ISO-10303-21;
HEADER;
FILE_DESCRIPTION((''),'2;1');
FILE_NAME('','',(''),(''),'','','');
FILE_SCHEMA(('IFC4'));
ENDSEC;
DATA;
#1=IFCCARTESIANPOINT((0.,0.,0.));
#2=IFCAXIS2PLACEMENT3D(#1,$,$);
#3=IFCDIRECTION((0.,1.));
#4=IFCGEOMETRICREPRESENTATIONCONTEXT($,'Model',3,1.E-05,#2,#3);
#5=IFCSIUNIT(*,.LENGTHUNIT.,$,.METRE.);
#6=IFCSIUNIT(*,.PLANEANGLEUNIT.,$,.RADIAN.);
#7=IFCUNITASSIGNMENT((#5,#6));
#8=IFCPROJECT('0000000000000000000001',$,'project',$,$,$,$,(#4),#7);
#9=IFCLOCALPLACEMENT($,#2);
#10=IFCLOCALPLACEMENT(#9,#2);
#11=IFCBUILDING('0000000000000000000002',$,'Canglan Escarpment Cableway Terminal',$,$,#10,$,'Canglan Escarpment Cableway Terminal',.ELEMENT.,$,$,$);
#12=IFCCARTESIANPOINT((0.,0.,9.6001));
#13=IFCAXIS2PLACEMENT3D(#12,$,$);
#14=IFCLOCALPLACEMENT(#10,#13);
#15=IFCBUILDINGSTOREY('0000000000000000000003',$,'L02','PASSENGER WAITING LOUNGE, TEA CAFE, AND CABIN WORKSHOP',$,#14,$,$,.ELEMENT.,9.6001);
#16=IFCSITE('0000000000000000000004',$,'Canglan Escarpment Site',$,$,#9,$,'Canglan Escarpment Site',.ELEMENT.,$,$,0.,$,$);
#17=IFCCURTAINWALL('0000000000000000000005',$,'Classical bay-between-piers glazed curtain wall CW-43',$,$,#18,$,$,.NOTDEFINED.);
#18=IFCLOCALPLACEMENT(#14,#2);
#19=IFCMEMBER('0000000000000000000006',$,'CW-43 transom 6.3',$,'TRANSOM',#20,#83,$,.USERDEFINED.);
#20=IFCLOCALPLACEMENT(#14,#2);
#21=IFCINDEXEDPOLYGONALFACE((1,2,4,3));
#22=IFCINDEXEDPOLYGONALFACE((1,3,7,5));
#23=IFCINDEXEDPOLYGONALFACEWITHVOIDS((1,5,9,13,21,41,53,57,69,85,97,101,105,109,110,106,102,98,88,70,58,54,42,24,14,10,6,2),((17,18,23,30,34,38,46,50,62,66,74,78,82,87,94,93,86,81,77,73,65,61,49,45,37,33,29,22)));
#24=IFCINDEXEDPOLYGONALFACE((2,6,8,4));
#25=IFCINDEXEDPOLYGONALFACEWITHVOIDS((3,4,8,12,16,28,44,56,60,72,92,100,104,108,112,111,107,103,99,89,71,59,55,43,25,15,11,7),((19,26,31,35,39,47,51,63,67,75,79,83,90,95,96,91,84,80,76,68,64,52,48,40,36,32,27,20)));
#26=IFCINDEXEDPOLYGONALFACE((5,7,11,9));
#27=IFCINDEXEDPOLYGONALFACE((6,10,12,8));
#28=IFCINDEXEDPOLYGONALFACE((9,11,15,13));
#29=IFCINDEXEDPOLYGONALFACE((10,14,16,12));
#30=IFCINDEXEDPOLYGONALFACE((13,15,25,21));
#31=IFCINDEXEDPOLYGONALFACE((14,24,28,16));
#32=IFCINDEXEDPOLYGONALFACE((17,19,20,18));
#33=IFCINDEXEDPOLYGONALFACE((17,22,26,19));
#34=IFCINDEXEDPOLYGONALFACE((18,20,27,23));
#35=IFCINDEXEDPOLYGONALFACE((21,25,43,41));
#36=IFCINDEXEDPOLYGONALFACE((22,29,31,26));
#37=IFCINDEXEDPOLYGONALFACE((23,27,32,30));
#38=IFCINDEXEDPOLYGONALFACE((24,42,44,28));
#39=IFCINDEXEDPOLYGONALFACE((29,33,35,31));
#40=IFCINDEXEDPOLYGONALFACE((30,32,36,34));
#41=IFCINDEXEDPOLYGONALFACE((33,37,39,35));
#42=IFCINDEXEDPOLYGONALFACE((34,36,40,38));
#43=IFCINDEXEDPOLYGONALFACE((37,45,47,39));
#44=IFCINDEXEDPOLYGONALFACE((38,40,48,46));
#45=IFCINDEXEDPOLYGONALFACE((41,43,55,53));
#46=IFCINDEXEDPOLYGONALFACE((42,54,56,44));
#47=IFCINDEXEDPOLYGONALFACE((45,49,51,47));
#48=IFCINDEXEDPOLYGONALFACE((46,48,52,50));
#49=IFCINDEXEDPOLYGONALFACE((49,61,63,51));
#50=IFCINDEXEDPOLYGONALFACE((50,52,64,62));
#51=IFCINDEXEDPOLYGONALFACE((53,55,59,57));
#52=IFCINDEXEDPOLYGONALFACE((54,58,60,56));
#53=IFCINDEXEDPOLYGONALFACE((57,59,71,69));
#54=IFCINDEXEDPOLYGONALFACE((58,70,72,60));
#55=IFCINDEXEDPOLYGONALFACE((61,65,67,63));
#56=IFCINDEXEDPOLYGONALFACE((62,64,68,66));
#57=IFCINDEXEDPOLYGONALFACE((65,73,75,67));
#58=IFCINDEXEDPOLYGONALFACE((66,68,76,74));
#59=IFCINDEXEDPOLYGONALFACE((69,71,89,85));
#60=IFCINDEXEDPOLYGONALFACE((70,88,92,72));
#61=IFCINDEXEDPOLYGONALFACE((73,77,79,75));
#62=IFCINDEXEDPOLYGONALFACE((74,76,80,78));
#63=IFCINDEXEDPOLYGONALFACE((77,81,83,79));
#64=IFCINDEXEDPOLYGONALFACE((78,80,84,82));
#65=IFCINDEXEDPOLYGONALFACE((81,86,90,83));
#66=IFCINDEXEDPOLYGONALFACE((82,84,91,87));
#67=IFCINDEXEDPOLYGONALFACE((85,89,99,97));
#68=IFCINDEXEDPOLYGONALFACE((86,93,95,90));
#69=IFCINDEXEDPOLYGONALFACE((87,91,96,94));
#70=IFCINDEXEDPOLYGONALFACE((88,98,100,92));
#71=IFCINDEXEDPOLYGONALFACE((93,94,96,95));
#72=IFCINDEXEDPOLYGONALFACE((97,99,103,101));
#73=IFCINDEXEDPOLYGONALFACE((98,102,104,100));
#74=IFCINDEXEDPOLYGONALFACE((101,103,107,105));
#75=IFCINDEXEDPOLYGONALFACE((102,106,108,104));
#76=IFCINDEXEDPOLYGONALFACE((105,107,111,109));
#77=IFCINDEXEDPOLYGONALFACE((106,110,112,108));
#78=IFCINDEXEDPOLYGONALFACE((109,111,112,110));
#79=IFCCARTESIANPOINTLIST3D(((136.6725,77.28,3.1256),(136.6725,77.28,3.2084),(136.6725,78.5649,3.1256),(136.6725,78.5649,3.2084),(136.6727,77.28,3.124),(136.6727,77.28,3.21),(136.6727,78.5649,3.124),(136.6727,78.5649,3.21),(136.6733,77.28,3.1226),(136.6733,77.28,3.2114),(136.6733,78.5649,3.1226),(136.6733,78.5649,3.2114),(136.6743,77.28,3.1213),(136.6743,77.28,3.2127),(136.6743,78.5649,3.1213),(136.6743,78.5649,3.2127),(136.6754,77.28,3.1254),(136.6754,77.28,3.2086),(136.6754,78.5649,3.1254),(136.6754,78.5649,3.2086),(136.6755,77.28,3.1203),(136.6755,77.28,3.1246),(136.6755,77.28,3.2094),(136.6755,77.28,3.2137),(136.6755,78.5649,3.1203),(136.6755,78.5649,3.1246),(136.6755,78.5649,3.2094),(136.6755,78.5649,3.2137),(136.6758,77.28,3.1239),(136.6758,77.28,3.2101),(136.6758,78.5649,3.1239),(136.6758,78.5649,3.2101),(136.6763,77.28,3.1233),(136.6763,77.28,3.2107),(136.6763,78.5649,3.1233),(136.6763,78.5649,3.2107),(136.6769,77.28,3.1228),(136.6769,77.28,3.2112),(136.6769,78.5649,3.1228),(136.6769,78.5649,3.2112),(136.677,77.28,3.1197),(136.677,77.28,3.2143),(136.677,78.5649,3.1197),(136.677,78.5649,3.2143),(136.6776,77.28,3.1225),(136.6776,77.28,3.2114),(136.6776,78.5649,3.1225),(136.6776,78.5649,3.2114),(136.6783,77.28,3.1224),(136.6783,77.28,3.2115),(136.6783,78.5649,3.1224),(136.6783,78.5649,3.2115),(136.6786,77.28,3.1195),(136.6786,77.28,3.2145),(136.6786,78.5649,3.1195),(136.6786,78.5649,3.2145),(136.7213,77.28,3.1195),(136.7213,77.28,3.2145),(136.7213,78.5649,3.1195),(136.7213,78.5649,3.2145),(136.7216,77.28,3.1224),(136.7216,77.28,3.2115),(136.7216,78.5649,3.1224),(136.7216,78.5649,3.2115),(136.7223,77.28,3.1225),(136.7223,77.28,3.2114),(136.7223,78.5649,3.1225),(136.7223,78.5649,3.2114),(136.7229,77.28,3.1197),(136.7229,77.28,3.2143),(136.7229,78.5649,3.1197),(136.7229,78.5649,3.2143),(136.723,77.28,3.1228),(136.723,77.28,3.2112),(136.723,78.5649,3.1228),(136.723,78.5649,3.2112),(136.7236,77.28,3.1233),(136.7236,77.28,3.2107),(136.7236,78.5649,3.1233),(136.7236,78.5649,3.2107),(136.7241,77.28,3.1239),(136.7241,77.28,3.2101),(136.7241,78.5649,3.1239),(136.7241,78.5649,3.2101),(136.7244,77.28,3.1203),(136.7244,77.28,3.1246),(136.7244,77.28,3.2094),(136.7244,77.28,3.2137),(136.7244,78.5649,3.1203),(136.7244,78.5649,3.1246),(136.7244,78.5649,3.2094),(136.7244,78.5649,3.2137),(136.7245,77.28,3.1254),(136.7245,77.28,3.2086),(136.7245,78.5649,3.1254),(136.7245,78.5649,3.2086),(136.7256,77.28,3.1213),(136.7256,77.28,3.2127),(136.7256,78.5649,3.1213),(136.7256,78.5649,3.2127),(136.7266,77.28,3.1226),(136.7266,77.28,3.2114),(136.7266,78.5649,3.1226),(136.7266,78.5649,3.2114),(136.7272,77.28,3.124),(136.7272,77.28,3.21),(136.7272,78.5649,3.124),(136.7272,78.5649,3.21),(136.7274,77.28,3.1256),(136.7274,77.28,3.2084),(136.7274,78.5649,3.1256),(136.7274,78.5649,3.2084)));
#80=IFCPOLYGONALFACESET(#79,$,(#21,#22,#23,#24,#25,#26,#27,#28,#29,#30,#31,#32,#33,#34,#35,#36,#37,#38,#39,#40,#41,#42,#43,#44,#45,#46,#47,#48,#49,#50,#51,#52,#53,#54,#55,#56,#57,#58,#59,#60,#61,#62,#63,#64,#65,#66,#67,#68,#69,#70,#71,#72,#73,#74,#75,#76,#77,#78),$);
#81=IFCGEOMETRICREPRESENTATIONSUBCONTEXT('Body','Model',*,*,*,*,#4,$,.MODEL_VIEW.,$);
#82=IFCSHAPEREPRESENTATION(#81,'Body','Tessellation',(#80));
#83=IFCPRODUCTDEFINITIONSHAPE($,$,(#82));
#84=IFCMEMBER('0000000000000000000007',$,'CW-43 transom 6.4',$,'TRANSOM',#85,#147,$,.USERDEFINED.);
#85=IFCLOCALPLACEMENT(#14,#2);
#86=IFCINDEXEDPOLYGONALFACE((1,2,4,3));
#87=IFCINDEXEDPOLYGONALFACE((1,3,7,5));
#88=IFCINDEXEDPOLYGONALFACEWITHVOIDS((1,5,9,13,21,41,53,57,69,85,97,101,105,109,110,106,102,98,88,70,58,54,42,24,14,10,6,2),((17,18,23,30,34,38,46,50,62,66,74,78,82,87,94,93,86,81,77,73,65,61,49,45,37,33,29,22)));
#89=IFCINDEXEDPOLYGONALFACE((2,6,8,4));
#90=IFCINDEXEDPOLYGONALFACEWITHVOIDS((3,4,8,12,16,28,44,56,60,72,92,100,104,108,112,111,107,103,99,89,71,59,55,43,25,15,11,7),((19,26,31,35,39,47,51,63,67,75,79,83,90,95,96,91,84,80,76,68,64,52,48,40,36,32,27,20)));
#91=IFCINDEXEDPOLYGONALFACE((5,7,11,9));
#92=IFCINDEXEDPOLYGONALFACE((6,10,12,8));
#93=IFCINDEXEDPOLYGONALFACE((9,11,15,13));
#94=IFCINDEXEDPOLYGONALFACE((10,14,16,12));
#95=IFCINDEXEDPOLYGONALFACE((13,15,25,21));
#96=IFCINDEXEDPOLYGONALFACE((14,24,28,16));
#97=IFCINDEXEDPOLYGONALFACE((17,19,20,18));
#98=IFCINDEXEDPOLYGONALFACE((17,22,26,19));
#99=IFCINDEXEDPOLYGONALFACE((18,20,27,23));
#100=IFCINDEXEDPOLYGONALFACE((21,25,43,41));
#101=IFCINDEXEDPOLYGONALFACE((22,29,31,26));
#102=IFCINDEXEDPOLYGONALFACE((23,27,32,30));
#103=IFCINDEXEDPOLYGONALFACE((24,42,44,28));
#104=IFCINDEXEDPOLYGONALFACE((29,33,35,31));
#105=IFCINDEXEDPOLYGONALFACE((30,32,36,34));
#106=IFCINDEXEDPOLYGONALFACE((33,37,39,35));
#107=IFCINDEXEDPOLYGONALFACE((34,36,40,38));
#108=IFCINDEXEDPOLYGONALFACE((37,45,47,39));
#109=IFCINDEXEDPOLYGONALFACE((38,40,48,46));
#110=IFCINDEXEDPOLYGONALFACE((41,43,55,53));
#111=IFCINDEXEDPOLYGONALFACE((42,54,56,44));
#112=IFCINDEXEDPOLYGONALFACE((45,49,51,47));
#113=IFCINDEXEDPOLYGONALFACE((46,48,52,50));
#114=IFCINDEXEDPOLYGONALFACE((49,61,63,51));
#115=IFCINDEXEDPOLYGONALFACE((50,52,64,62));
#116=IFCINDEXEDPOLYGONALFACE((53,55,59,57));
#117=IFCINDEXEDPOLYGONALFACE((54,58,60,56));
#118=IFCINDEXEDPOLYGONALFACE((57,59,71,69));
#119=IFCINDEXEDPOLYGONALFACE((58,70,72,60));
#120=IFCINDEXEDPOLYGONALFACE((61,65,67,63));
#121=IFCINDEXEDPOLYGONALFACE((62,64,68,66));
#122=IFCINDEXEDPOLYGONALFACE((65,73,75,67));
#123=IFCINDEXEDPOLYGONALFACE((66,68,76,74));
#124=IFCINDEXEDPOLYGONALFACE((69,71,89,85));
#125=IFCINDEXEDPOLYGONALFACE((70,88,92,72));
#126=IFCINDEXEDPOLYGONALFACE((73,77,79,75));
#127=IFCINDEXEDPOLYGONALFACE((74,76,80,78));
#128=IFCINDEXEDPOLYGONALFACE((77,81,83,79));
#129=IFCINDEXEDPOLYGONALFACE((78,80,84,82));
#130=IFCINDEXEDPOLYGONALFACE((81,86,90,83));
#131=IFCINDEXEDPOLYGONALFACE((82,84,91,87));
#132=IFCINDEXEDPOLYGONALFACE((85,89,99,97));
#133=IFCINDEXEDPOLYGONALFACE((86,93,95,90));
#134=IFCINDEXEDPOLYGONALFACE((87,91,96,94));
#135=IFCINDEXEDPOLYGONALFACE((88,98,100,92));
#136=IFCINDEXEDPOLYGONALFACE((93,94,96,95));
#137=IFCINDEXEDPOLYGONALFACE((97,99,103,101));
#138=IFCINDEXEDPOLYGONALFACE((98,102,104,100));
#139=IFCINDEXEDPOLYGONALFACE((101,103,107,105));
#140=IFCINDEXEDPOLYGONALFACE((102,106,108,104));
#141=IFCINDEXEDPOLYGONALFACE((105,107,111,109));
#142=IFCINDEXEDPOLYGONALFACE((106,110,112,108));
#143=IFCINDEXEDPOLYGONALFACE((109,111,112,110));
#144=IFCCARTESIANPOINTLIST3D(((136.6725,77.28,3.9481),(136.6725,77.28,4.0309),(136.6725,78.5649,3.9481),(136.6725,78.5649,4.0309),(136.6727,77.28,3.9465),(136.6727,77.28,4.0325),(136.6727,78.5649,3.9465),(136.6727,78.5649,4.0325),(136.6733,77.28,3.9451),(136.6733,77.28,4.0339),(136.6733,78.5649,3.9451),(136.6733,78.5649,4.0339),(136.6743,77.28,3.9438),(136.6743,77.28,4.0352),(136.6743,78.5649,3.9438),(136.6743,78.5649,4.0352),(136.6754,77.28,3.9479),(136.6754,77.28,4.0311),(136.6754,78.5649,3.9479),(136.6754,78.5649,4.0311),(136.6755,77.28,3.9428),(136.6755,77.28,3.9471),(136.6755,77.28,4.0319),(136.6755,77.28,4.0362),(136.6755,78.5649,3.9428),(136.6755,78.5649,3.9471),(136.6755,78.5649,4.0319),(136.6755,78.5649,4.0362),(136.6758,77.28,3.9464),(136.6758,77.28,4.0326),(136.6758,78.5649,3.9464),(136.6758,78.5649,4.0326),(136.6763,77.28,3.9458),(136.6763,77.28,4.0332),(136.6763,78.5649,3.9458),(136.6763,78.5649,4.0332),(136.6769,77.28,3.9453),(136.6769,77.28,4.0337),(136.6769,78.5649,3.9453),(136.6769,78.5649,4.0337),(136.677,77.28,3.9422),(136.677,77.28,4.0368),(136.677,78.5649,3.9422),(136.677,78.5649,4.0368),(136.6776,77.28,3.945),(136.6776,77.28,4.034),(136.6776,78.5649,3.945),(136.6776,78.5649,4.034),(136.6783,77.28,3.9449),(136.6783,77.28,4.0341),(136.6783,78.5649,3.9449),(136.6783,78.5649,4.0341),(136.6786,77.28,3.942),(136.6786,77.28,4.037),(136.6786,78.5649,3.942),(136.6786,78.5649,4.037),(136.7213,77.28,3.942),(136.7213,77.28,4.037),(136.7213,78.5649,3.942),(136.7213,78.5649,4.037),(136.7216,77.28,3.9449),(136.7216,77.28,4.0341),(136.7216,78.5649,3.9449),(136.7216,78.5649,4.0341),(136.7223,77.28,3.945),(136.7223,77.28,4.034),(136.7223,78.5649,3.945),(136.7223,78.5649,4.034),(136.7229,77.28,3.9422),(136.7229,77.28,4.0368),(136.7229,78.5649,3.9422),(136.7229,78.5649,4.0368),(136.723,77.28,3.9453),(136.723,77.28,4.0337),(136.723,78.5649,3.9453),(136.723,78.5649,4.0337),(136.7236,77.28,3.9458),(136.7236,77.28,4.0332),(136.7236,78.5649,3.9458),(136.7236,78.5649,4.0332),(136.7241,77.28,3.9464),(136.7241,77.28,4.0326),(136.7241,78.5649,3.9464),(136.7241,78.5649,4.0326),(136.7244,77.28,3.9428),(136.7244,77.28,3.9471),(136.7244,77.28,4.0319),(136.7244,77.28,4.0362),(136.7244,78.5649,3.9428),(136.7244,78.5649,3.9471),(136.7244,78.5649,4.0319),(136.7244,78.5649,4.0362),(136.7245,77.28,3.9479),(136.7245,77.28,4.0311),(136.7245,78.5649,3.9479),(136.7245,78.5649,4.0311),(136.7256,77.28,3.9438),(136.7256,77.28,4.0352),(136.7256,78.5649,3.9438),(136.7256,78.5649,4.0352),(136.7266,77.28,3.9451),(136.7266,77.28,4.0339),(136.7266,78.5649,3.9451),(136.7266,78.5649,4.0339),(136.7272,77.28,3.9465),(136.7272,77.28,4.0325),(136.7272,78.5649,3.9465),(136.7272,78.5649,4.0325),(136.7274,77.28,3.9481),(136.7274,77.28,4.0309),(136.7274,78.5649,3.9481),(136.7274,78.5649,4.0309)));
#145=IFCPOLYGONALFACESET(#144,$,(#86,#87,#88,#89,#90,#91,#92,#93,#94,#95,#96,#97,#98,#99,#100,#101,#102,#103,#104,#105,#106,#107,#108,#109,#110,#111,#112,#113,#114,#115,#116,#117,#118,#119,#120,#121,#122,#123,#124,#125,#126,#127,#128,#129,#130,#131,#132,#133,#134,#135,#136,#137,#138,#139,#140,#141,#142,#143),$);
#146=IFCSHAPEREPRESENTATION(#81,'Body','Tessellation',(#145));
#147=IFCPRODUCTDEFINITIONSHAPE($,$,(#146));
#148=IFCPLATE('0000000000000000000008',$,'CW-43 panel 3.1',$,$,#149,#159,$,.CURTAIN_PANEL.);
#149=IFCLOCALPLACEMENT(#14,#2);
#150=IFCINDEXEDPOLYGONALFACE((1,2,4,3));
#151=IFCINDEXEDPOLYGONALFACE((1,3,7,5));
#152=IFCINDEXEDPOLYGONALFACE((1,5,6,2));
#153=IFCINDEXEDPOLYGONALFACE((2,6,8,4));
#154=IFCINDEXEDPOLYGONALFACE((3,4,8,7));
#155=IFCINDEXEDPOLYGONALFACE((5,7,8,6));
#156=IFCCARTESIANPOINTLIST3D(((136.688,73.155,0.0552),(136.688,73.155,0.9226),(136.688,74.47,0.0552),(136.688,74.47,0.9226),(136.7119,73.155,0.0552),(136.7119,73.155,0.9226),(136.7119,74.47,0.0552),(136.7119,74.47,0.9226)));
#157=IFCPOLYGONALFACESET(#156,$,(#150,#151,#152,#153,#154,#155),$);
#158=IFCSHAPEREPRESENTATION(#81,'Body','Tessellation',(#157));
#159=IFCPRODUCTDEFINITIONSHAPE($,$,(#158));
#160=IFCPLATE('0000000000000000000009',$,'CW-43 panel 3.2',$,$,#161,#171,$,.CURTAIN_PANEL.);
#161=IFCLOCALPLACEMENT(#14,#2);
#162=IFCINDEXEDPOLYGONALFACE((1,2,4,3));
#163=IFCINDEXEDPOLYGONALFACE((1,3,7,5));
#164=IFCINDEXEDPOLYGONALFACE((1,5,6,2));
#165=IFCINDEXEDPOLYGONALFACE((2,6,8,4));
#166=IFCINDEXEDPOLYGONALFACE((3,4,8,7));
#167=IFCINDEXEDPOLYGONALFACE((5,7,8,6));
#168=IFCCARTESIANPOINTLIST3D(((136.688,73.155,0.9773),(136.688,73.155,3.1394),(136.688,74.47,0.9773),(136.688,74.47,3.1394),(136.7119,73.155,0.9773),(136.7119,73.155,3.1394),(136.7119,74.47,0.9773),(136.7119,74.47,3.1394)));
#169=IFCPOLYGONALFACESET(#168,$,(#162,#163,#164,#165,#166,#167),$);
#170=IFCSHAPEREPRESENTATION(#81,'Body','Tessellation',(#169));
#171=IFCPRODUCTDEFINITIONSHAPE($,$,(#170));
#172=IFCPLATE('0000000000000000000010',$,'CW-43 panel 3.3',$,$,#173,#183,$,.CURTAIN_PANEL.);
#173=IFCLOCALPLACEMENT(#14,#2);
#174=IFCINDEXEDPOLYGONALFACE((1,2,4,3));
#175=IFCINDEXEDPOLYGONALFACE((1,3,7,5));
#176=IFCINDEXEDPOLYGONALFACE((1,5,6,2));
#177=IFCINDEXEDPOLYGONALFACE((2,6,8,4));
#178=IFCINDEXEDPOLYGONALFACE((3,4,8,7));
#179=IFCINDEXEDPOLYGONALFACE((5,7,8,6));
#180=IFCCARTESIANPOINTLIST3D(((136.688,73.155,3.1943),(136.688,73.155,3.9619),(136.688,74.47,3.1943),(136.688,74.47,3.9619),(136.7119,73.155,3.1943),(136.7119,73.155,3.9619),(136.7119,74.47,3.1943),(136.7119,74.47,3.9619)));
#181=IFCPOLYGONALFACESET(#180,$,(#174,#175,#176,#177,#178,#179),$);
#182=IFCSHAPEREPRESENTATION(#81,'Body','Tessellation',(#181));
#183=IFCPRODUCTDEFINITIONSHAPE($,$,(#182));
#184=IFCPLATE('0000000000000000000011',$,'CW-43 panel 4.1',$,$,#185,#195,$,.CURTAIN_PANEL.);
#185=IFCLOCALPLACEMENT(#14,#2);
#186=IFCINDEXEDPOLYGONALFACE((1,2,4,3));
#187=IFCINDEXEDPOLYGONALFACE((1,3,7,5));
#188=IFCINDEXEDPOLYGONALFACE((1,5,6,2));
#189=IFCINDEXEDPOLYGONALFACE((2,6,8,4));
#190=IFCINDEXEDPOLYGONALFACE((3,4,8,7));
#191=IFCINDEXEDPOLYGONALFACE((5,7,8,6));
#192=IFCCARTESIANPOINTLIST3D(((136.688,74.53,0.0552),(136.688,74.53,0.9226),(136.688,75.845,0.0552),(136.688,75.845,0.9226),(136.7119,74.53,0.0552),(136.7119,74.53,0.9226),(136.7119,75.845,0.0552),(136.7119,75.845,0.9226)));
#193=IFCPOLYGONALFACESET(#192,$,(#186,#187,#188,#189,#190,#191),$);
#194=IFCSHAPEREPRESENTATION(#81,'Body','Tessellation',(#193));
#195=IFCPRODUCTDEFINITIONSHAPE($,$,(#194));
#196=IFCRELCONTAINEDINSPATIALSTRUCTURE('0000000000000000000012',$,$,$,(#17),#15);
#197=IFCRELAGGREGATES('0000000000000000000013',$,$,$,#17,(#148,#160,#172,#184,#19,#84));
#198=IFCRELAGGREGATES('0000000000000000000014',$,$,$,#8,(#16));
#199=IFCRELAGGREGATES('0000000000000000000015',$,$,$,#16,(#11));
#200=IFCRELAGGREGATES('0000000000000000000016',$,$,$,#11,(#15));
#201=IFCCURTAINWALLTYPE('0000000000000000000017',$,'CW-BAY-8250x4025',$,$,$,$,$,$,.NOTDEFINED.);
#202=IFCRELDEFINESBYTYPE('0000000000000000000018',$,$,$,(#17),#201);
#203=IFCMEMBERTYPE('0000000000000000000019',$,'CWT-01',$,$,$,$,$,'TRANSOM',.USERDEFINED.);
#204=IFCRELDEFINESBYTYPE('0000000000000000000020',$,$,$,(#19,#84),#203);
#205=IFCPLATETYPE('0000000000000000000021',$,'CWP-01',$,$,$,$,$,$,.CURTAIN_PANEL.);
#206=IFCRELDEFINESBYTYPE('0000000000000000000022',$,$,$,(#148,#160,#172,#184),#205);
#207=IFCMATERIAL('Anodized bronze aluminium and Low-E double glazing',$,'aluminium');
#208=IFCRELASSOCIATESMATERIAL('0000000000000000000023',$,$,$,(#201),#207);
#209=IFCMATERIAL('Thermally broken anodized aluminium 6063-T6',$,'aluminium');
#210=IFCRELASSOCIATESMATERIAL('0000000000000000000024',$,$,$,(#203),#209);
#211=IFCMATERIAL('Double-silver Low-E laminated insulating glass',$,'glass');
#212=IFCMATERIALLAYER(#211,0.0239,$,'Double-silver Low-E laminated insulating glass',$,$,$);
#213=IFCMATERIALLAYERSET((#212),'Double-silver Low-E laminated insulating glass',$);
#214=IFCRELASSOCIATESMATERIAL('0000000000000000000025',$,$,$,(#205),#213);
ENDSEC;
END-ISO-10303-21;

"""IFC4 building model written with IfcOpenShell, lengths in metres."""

from ifc_helpers import new_model, si_unit, direction, frame, origin, origin_2d, place, context, subcontext, project, spatial, rectangle, hollow_rectangle, extrude, material, layer, layer_set, material_profile, profile_set, type_object, element, aggregate, save


model = new_model("IFC4")

# Units and contexts
model_context = context("Model", 3, precision=1e-05, world=origin(), true_north=direction((0.0, 1.0)))
body_context = subcontext(model_context, "Body", "Model", "MODEL_VIEW")
ifc_project = project(units=[si_unit("LENGTHUNIT", "METRE"), si_unit("PLANEANGLEUNIT", "RADIAN")], contexts=[model_context])

# Site, building, storey
site_placement = place(None, origin())
site = spatial("IfcSite", under=ifc_project, at=site_placement, Name="Canglan Escarpment Site", LongName="Canglan Escarpment Site", CompositionType="ELEMENT", RefElevation=0.0)
building_placement = place(site_placement, origin())
building = spatial("IfcBuilding", under=site, at=building_placement, Name="Canglan Escarpment Cableway Terminal", LongName="Canglan Escarpment Cableway Terminal", CompositionType="ELEMENT")
storey_placement = place(building_placement, frame((0.0, 0.0, 9.6001)))
storey = spatial("IfcBuildingStorey", under=building, at=storey_placement, Name="L02", Description="PASSENGER WAITING LOUNGE, TEA CAFE, AND CABIN WORKSHOP", CompositionType="ELEMENT", Elevation=9.6001)

# Curtain wall, members, plates
ifc_material_1 = material(Name="Anodized bronze aluminium and Low-E double glazing", Category="aluminium")
curtain_wall_type = type_object("IfcCurtainWallType", Name="CW-BAY-8250x4025", PredefinedType="NOTDEFINED", material=ifc_material_1)
curtain_wall_placement = place(storey_placement, origin())
curtain_wall = element("IfcCurtainWall", 1, at=curtain_wall_placement, inside=storey, type_object=curtain_wall_type, Name="Classical bay-between-piers glazed curtain wall CW-43", PredefinedType="NOTDEFINED")
ifc_material_2 = material(Name="Thermally broken anodized aluminium 6063-T6", Category="aluminium")
ifc_material_profile_1 = material_profile(ifc_material_2, hollow_rectangle(XDim=0.0549, YDim=0.095, WallThickness=0.0029, InnerFilletRadius=0.0029, OuterFilletRadius=0.0061, at=origin_2d()), Name="ALU-TRAN 55x95x3")
ifc_profile_set_1 = profile_set([ifc_material_profile_1], Name="Thermally broken anodized aluminium 6063-T6")
member_type_1 = type_object("IfcMemberType", Name="CWT-01", ElementType="TRANSOM", PredefinedType="USERDEFINED", material=ifc_profile_set_1)
member_1_placement = place(storey_placement, frame((136.7, 77.28, 3.167), z_axis=(0.0, 1.0, 0.0), x_axis=(-1.0, 0.0, 0.0)))
member_1 = element("IfcMember", 2, at=member_1_placement, type_object=member_type_1, Name="CW-43 transom 6.3", ObjectType="TRANSOM", PredefinedType="USERDEFINED", context=body_context, shape_type="SweptSolid", body=[
    extrude(hollow_rectangle(XDim=0.0549, YDim=0.095, WallThickness=0.0029, InnerFilletRadius=0.0029, OuterFilletRadius=0.0061, at=origin_2d()), origin(), (0.0, 0.0, 1.0), 1.2849),
])
member_2_placement = place(storey_placement, frame((136.7, 77.28, 3.9895), z_axis=(0.0, 1.0, 0.0), x_axis=(-1.0, 0.0, 0.0)))
member_2 = element("IfcMember", 3, at=member_2_placement, type_object=member_type_1, Name="CW-43 transom 6.4", ObjectType="TRANSOM", PredefinedType="USERDEFINED", context=body_context, shape_type="SweptSolid", body=[
    extrude(hollow_rectangle(XDim=0.0549, YDim=0.095, WallThickness=0.0029, InnerFilletRadius=0.0029, OuterFilletRadius=0.0061, at=origin_2d()), origin(), (0.0, 0.0, 1.0), 1.2849),
])
ifc_material_3 = material(Name="Double-silver Low-E laminated insulating glass", Category="glass")
ifc_layer = layer(ifc_material_3, 0.0239, Name="Double-silver Low-E laminated insulating glass")
ifc_layer_set = layer_set([ifc_layer], Name="Double-silver Low-E laminated insulating glass")
plate_type = type_object("IfcPlateType", Name="CWP-01", PredefinedType="CURTAIN_PANEL", material=ifc_layer_set)
plate_1_placement = place(storey_placement, frame((136.7, 73.8125, 0.0552), z_axis=(0.0, 0.0, 1.0), x_axis=(0.0, 1.0, 0.0)))
plate_1 = element("IfcPlate", 4, at=plate_1_placement, type_object=plate_type, Name="CW-43 panel 3.1", PredefinedType="CURTAIN_PANEL", context=body_context, shape_type="SweptSolid", body=[
    extrude(rectangle(XDim=1.3149, YDim=0.0239, at=origin_2d()), origin(), (0.0, 0.0, 1.0), 0.8674),
])
plate_2_placement = place(storey_placement, frame((136.7, 73.8125, 0.9773), z_axis=(0.0, 0.0, 1.0), x_axis=(0.0, 1.0, 0.0)))
plate_2 = element("IfcPlate", 5, at=plate_2_placement, type_object=plate_type, Name="CW-43 panel 3.2", PredefinedType="CURTAIN_PANEL", context=body_context, shape_type="SweptSolid", body=[
    extrude(rectangle(XDim=1.3149, YDim=0.0239, at=origin_2d()), origin(), (0.0, 0.0, 1.0), 2.1621),
])
plate_3_placement = place(storey_placement, frame((136.7, 73.8125, 3.1943), z_axis=(0.0, 0.0, 1.0), x_axis=(0.0, 1.0, 0.0)))
plate_3 = element("IfcPlate", 6, at=plate_3_placement, type_object=plate_type, Name="CW-43 panel 3.3", PredefinedType="CURTAIN_PANEL", context=body_context, shape_type="SweptSolid", body=[
    extrude(rectangle(XDim=1.3149, YDim=0.0239, at=origin_2d()), origin(), (0.0, 0.0, 1.0), 0.7676),
])
plate_4_placement = place(storey_placement, frame((136.7, 75.1875, 0.0552), z_axis=(0.0, 0.0, 1.0), x_axis=(0.0, 1.0, 0.0)))
plate_4 = element("IfcPlate", 7, at=plate_4_placement, type_object=plate_type, Name="CW-43 panel 4.1", PredefinedType="CURTAIN_PANEL", context=body_context, shape_type="SweptSolid", body=[
    extrude(rectangle(XDim=1.3149, YDim=0.0239, at=origin_2d()), origin(), (0.0, 0.0, 1.0), 0.8674),
])
aggregate(curtain_wall, [plate_1, plate_2, plate_3, plate_4, member_1, member_2])

save(model, "model.ifc")
